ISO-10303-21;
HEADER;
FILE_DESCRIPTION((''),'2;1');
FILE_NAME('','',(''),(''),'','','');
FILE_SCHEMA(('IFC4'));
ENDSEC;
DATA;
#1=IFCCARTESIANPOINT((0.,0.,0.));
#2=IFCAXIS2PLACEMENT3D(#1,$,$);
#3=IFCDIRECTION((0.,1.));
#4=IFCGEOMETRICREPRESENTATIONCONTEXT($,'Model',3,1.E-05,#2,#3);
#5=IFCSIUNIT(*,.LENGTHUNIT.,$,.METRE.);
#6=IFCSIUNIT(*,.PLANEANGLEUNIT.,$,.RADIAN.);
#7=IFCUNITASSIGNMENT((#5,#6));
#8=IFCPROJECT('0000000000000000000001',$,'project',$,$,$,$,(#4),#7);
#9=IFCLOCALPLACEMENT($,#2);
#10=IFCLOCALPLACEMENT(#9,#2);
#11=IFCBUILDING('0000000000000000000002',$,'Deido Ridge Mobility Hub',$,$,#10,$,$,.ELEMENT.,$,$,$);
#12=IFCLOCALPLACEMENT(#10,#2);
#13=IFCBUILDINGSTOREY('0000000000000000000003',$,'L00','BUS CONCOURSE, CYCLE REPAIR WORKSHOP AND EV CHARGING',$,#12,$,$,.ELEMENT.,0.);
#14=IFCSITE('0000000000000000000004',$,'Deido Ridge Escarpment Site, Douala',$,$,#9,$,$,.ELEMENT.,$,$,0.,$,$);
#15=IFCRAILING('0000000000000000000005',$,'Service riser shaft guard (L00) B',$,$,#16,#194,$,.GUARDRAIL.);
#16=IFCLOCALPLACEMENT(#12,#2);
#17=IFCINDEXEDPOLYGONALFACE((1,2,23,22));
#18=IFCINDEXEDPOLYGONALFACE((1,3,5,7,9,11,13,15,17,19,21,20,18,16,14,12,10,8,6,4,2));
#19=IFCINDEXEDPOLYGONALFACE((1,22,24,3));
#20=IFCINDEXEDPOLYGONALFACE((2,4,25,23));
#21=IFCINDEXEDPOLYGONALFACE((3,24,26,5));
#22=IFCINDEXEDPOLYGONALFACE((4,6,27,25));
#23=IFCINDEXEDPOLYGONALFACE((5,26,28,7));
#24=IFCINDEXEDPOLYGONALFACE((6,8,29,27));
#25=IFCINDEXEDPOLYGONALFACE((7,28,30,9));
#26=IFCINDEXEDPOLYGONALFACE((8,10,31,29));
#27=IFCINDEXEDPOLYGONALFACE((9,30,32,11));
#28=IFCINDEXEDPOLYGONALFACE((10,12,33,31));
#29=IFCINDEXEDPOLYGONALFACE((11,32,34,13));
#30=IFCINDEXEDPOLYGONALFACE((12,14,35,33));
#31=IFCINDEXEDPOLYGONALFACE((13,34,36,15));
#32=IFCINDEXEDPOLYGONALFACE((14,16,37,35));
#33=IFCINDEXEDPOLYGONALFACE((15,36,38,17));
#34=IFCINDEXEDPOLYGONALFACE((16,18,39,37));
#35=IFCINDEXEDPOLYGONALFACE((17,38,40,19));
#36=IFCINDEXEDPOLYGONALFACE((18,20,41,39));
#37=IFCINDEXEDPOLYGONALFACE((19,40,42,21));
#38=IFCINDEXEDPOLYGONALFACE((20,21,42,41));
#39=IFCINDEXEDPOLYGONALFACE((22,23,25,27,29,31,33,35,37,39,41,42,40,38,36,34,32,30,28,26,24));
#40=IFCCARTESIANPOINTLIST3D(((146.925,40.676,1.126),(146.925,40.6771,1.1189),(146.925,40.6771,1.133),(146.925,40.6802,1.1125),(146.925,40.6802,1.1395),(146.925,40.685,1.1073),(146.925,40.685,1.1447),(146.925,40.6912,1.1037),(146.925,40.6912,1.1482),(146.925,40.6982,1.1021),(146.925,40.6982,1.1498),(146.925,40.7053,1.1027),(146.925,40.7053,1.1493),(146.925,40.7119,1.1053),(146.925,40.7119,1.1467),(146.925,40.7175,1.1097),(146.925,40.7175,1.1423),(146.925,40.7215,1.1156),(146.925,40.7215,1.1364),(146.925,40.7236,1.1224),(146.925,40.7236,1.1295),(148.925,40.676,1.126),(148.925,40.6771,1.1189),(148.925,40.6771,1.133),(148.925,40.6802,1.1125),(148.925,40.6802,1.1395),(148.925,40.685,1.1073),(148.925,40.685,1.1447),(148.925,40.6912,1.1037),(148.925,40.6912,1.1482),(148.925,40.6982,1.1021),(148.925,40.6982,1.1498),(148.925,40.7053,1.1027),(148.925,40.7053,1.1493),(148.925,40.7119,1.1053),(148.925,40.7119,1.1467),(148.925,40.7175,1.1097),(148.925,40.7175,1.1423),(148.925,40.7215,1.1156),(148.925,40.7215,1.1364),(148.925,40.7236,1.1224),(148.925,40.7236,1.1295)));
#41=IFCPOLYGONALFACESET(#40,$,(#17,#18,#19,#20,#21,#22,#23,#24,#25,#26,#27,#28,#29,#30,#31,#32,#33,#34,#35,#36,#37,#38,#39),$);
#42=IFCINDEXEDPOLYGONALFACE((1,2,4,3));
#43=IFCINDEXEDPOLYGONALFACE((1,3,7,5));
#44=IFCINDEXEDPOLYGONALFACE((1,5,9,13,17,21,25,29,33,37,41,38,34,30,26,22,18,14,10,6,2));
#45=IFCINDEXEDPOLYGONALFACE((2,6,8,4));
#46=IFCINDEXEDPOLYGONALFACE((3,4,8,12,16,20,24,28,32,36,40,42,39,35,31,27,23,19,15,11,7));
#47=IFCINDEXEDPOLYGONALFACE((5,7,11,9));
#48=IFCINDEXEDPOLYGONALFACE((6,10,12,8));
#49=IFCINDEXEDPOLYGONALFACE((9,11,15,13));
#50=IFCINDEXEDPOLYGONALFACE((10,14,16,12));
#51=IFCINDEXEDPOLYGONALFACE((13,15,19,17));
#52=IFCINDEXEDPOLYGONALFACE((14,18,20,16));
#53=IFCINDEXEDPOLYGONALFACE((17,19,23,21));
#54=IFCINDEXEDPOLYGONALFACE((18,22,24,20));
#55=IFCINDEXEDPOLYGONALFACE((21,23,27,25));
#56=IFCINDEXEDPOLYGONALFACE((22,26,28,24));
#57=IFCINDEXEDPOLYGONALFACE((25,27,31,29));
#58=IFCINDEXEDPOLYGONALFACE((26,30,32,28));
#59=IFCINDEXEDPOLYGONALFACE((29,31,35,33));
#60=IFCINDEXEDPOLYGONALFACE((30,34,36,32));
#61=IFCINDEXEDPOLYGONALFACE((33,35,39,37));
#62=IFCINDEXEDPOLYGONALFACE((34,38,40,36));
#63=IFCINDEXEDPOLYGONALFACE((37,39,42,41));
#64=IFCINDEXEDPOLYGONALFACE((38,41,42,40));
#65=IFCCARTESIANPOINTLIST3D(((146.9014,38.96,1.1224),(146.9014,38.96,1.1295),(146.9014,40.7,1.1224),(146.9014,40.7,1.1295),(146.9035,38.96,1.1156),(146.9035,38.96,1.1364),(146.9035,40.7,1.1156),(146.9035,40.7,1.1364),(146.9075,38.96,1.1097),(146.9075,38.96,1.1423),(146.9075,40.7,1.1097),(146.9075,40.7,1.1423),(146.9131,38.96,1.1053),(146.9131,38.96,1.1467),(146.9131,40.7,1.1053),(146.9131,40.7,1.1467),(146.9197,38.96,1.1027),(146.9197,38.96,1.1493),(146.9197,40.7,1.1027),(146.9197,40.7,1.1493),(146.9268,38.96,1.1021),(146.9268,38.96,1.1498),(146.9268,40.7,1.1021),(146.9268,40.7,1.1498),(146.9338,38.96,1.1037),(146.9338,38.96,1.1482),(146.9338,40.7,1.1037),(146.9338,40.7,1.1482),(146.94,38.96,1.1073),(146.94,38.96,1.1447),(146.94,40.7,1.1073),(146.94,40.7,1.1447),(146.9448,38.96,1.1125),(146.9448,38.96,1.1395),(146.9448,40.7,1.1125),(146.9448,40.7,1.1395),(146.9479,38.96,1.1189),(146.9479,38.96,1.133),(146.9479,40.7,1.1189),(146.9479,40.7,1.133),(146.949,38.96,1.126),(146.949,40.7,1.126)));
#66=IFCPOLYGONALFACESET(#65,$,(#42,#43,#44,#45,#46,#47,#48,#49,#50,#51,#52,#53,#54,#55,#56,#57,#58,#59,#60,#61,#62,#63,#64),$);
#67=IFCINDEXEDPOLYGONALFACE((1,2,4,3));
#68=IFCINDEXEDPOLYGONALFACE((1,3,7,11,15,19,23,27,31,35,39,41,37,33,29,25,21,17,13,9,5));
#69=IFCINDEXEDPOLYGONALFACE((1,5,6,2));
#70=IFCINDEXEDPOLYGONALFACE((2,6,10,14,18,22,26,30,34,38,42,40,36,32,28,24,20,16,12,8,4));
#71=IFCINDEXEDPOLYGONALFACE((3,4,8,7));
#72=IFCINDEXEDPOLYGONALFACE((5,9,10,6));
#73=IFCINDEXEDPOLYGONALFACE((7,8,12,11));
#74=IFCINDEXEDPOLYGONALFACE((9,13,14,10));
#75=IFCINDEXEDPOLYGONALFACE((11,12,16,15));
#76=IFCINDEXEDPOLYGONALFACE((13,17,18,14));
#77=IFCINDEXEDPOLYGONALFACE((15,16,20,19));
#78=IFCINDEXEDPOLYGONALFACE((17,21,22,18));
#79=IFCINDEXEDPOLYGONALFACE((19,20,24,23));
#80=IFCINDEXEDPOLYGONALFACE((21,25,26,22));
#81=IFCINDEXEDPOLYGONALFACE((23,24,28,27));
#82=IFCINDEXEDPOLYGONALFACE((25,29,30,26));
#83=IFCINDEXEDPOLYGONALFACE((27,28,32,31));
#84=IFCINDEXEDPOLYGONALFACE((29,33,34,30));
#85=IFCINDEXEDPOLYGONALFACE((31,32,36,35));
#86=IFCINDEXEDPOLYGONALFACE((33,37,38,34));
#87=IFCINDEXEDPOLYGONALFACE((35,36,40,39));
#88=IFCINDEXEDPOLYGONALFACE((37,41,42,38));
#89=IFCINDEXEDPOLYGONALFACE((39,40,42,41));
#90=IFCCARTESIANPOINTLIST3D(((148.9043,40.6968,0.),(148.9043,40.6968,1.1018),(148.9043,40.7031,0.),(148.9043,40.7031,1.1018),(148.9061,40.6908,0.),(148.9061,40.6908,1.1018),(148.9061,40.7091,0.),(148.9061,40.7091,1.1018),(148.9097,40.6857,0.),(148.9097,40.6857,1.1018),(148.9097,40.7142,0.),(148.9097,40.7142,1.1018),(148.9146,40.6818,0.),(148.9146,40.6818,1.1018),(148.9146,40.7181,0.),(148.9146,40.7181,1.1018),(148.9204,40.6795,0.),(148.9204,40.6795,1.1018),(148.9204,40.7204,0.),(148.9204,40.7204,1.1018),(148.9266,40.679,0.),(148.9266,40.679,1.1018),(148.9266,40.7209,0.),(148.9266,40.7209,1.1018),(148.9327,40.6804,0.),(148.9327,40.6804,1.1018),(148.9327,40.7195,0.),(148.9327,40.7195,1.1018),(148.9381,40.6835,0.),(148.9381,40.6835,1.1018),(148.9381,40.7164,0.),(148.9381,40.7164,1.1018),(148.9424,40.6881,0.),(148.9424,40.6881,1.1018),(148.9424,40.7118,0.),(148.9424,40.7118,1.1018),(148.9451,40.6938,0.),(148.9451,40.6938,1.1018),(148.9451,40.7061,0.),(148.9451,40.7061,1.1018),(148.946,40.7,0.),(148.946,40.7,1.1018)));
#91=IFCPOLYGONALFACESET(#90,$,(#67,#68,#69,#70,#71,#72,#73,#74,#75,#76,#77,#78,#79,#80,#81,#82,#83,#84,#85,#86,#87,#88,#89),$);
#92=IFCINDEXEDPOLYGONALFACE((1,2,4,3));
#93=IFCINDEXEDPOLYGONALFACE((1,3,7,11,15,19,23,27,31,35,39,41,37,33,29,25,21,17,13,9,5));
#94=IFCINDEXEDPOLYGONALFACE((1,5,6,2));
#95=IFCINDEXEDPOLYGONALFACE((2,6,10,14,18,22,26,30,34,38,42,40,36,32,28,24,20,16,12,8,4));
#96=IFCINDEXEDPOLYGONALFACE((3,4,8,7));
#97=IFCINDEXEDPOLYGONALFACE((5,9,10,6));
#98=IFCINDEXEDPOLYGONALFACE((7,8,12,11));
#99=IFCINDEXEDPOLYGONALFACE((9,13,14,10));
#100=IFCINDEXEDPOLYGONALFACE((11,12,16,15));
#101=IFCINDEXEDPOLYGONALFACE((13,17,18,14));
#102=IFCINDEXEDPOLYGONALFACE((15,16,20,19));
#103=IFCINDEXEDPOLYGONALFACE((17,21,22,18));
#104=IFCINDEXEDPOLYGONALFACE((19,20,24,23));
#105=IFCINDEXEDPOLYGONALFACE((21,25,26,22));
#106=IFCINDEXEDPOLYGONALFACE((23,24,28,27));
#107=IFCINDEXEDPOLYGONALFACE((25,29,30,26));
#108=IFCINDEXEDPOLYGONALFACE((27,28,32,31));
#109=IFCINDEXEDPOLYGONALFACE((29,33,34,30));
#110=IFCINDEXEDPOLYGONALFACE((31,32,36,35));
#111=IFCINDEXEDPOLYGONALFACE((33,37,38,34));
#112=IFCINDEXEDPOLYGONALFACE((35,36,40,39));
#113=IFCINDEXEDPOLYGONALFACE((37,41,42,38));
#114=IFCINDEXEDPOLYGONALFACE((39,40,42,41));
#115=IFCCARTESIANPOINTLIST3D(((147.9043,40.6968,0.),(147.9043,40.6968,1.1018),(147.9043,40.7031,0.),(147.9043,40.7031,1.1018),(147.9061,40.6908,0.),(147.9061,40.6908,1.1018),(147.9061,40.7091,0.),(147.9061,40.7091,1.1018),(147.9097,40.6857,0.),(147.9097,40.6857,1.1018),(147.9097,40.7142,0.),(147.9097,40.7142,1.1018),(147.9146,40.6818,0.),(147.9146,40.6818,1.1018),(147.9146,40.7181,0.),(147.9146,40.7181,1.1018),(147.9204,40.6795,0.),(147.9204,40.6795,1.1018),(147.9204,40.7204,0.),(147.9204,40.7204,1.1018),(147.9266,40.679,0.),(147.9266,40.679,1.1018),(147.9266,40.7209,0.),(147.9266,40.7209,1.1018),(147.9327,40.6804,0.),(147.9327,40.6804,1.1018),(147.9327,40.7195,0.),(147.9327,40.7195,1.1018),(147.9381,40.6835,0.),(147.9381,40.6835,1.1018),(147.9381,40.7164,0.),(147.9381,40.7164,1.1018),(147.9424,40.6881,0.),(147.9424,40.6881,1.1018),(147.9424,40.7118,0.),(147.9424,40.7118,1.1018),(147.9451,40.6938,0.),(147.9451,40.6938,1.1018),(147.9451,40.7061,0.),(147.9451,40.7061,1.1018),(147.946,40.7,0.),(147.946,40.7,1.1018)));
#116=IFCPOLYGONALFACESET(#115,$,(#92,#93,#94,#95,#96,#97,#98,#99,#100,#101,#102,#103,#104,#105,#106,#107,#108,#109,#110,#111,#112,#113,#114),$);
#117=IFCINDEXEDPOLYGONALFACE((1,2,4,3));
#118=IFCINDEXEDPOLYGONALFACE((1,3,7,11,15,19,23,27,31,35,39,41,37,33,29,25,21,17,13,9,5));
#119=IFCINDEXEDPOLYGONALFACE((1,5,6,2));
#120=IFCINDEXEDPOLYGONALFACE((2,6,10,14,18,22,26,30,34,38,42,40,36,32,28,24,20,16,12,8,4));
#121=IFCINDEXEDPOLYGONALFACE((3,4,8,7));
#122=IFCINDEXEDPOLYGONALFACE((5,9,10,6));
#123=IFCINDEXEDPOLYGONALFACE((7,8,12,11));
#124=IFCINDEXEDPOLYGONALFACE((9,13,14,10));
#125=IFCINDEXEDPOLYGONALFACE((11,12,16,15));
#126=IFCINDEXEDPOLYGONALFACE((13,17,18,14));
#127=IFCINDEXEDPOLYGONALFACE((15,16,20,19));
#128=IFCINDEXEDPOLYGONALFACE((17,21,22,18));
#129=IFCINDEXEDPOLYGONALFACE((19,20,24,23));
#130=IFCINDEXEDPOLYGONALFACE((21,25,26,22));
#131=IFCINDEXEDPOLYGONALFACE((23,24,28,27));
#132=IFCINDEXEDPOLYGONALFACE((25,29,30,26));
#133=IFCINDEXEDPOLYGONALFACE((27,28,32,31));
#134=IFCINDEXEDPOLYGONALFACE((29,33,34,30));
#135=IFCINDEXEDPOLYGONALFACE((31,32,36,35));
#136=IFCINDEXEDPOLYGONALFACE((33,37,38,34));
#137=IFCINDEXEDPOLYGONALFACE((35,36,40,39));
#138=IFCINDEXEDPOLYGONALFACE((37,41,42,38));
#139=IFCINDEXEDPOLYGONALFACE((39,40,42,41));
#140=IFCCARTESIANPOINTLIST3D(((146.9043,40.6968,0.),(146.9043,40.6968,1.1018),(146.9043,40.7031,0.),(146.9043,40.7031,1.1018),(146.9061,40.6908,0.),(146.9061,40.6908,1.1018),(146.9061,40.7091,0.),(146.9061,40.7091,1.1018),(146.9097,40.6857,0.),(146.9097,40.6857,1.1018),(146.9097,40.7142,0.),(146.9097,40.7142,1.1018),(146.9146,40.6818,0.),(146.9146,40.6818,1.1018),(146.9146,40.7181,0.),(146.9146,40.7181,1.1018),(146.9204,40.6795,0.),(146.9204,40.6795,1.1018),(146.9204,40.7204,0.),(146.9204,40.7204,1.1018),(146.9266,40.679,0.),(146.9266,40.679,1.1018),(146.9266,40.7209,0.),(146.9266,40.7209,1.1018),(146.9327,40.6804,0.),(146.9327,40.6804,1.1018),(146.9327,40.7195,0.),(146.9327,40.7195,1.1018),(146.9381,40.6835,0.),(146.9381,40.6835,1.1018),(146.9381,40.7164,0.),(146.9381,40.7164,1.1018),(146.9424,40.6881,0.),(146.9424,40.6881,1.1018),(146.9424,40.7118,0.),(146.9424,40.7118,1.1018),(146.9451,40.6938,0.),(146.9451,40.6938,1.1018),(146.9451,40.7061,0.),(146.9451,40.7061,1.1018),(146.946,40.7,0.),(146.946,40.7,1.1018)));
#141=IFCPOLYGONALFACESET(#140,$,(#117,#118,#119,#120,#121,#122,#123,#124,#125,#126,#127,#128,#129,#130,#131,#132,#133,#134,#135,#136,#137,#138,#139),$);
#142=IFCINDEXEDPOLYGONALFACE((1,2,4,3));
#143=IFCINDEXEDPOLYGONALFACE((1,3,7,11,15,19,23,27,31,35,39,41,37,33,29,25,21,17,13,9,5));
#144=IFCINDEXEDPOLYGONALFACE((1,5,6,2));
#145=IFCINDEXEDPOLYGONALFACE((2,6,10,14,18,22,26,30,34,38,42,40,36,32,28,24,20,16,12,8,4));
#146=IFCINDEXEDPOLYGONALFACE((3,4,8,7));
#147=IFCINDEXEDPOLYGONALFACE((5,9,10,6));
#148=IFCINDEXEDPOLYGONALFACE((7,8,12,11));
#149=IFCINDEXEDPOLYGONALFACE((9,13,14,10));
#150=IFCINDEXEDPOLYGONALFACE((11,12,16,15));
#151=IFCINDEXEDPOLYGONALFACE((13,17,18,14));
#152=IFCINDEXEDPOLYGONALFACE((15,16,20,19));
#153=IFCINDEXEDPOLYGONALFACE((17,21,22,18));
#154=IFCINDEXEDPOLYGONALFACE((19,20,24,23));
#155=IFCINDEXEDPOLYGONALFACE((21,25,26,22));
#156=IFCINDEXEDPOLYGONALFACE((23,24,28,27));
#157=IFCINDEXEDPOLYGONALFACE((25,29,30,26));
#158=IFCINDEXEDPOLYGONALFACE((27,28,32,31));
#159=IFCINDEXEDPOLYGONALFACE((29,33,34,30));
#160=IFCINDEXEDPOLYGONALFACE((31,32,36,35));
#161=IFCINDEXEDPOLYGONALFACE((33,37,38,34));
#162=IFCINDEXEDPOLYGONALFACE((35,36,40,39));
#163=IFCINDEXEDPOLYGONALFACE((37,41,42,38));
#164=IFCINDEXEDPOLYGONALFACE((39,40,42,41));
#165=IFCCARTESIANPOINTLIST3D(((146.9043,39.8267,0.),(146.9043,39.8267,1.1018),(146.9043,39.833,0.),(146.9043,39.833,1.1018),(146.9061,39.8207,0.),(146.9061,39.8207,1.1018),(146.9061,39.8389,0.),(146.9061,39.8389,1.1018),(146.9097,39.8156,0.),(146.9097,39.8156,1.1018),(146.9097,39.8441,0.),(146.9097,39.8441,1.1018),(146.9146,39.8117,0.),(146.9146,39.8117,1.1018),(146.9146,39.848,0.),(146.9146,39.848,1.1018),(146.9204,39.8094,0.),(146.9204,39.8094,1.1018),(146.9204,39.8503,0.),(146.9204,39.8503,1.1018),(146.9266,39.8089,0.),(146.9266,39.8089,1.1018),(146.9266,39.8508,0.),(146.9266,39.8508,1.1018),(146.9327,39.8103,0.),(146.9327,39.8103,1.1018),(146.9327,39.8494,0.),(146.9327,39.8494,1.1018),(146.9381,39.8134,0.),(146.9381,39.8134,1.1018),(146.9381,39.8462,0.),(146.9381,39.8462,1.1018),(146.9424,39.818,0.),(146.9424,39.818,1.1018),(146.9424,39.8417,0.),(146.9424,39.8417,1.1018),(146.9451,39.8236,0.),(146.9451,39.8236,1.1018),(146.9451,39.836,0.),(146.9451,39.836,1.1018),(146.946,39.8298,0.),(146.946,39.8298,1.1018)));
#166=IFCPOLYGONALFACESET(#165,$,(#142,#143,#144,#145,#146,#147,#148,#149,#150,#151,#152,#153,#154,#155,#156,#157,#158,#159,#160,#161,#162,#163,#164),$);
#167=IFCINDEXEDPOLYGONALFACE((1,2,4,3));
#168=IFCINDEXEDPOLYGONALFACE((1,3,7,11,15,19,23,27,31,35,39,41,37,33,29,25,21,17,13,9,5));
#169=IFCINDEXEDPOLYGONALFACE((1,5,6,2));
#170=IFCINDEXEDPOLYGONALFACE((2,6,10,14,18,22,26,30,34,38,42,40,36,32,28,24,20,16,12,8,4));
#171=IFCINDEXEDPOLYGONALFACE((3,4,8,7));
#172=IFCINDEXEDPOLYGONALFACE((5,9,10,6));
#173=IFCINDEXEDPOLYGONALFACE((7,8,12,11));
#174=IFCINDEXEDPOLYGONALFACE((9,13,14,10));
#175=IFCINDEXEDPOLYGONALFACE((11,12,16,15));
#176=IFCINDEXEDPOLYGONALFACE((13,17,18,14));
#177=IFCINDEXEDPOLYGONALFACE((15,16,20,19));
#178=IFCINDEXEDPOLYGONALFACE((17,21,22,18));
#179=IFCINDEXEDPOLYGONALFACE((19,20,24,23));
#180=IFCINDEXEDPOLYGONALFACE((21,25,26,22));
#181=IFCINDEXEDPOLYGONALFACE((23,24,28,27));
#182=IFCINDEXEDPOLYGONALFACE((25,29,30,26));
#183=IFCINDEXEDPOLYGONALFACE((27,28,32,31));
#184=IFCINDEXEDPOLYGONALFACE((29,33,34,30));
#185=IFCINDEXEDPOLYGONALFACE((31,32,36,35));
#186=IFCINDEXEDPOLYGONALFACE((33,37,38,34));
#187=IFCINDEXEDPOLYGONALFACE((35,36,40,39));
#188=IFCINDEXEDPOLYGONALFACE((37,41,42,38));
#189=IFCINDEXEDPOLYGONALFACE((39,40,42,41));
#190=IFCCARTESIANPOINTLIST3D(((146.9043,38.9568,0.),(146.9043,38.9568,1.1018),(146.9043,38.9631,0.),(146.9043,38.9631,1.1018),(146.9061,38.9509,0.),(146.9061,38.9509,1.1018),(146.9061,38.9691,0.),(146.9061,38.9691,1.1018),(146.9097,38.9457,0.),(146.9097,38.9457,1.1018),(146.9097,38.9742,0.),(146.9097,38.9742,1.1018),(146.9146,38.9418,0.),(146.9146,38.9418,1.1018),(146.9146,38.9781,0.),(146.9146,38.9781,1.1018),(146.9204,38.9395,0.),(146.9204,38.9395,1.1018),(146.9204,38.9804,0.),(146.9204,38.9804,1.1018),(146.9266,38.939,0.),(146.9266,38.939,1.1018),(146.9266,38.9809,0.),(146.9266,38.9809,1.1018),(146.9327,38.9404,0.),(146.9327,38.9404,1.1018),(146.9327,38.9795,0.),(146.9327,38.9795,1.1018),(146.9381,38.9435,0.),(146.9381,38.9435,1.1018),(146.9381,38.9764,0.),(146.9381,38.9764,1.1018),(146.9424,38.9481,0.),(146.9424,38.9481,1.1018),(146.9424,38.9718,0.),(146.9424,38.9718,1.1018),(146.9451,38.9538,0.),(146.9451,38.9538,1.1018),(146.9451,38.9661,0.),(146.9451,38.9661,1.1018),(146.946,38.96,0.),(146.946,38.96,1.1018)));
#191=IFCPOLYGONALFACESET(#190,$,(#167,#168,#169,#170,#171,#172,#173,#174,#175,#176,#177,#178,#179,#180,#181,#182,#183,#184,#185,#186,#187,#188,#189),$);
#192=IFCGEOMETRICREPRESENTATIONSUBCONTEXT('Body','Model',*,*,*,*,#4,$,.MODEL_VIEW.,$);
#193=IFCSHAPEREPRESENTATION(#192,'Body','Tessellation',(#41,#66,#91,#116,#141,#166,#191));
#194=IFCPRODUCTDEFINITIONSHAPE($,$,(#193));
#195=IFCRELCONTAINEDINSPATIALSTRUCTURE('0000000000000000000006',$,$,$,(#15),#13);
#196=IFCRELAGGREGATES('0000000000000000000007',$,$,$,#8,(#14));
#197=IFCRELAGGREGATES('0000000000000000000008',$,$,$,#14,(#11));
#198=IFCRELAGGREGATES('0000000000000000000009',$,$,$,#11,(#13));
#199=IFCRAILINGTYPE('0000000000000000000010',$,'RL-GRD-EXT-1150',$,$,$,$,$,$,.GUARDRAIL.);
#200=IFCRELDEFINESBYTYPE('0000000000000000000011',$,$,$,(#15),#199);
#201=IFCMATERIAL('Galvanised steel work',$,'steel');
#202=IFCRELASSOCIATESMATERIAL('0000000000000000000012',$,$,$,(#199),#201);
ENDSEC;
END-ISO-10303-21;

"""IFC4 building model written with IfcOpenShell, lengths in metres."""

from ifc_helpers import new_model, si_unit, direction, frame, origin, origin_2d, place, context, subcontext, project, spatial, circle, extrude, material, type_object, element, save


model = new_model("IFC4")

# Units and contexts
model_context = context("Model", 3, precision=1e-05, world=origin(), true_north=direction((0.0, 1.0)))
body_context = subcontext(model_context, "Body", "Model", "MODEL_VIEW")
ifc_project = project(units=[si_unit("LENGTHUNIT", "METRE"), si_unit("PLANEANGLEUNIT", "RADIAN")], contexts=[model_context])

# Site, building, storey
site_placement = place(None, origin())
site = spatial("IfcSite", under=ifc_project, at=site_placement, Name="Deido Ridge Escarpment Site, Douala", CompositionType="ELEMENT", RefElevation=0.0)
building_placement = place(site_placement, origin())
building = spatial("IfcBuilding", under=site, at=building_placement, Name="Deido Ridge Mobility Hub", CompositionType="ELEMENT")
storey_placement = place(building_placement, origin())
storey = spatial("IfcBuildingStorey", under=building, at=storey_placement, Name="L00", Description="BUS CONCOURSE, CYCLE REPAIR WORKSHOP AND EV CHARGING", CompositionType="ELEMENT", Elevation=0.0)

# Railing
ifc_material_1 = material(Name="Galvanised steel work", Category="steel")
railing_type_1 = type_object("IfcRailingType", Name="RL-GRD-EXT-1150", PredefinedType="GUARDRAIL", material=ifc_material_1)
railing_1_placement = place(storey_placement, frame((148.925, 40.7, 0.0)))
element("IfcRailing", 1, at=railing_1_placement, inside=storey, type_object=railing_type_1, Name="Service riser shaft guard (L00) B", PredefinedType="GUARDRAIL", context=body_context, shape_type="SweptSolid", body=[
    extrude(circle(Radius=0.0239, at=origin_2d()), frame((0.0, 0.0, 1.126), z_axis=(-1.0, 0.0, 0.0), x_axis=(0.0, -1.0, 0.0)), (0.0, 0.0, 1.0), 2.0),
    extrude(circle(Radius=0.0239, at=origin_2d()), frame((-2.0, 0.0, 1.126), z_axis=(0.0, -1.0, 0.0), x_axis=(1.0, 0.0, 0.0)), (0.0, 0.0, 1.0), 1.74),
    extrude(circle(Radius=0.021, at=origin_2d()), origin(), (0.0, 0.0, 1.0), 1.1018),
    extrude(circle(Radius=0.021, at=origin_2d()), frame((-1.0, 0.0, 0.0)), (0.0, 0.0, 1.0), 1.1018),
    extrude(circle(Radius=0.021, at=origin_2d()), frame((-2.0, 0.0, 0.0)), (0.0, 0.0, 1.0), 1.1018),
    extrude(circle(Radius=0.021, at=origin_2d()), frame((-2.0, -0.8701, 0.0)), (0.0, 0.0, 1.0), 1.1018),
    extrude(circle(Radius=0.021, at=origin_2d()), frame((-2.0, -1.74, 0.0)), (0.0, 0.0, 1.0), 1.1018),
])

save(model, "model.ifc")
